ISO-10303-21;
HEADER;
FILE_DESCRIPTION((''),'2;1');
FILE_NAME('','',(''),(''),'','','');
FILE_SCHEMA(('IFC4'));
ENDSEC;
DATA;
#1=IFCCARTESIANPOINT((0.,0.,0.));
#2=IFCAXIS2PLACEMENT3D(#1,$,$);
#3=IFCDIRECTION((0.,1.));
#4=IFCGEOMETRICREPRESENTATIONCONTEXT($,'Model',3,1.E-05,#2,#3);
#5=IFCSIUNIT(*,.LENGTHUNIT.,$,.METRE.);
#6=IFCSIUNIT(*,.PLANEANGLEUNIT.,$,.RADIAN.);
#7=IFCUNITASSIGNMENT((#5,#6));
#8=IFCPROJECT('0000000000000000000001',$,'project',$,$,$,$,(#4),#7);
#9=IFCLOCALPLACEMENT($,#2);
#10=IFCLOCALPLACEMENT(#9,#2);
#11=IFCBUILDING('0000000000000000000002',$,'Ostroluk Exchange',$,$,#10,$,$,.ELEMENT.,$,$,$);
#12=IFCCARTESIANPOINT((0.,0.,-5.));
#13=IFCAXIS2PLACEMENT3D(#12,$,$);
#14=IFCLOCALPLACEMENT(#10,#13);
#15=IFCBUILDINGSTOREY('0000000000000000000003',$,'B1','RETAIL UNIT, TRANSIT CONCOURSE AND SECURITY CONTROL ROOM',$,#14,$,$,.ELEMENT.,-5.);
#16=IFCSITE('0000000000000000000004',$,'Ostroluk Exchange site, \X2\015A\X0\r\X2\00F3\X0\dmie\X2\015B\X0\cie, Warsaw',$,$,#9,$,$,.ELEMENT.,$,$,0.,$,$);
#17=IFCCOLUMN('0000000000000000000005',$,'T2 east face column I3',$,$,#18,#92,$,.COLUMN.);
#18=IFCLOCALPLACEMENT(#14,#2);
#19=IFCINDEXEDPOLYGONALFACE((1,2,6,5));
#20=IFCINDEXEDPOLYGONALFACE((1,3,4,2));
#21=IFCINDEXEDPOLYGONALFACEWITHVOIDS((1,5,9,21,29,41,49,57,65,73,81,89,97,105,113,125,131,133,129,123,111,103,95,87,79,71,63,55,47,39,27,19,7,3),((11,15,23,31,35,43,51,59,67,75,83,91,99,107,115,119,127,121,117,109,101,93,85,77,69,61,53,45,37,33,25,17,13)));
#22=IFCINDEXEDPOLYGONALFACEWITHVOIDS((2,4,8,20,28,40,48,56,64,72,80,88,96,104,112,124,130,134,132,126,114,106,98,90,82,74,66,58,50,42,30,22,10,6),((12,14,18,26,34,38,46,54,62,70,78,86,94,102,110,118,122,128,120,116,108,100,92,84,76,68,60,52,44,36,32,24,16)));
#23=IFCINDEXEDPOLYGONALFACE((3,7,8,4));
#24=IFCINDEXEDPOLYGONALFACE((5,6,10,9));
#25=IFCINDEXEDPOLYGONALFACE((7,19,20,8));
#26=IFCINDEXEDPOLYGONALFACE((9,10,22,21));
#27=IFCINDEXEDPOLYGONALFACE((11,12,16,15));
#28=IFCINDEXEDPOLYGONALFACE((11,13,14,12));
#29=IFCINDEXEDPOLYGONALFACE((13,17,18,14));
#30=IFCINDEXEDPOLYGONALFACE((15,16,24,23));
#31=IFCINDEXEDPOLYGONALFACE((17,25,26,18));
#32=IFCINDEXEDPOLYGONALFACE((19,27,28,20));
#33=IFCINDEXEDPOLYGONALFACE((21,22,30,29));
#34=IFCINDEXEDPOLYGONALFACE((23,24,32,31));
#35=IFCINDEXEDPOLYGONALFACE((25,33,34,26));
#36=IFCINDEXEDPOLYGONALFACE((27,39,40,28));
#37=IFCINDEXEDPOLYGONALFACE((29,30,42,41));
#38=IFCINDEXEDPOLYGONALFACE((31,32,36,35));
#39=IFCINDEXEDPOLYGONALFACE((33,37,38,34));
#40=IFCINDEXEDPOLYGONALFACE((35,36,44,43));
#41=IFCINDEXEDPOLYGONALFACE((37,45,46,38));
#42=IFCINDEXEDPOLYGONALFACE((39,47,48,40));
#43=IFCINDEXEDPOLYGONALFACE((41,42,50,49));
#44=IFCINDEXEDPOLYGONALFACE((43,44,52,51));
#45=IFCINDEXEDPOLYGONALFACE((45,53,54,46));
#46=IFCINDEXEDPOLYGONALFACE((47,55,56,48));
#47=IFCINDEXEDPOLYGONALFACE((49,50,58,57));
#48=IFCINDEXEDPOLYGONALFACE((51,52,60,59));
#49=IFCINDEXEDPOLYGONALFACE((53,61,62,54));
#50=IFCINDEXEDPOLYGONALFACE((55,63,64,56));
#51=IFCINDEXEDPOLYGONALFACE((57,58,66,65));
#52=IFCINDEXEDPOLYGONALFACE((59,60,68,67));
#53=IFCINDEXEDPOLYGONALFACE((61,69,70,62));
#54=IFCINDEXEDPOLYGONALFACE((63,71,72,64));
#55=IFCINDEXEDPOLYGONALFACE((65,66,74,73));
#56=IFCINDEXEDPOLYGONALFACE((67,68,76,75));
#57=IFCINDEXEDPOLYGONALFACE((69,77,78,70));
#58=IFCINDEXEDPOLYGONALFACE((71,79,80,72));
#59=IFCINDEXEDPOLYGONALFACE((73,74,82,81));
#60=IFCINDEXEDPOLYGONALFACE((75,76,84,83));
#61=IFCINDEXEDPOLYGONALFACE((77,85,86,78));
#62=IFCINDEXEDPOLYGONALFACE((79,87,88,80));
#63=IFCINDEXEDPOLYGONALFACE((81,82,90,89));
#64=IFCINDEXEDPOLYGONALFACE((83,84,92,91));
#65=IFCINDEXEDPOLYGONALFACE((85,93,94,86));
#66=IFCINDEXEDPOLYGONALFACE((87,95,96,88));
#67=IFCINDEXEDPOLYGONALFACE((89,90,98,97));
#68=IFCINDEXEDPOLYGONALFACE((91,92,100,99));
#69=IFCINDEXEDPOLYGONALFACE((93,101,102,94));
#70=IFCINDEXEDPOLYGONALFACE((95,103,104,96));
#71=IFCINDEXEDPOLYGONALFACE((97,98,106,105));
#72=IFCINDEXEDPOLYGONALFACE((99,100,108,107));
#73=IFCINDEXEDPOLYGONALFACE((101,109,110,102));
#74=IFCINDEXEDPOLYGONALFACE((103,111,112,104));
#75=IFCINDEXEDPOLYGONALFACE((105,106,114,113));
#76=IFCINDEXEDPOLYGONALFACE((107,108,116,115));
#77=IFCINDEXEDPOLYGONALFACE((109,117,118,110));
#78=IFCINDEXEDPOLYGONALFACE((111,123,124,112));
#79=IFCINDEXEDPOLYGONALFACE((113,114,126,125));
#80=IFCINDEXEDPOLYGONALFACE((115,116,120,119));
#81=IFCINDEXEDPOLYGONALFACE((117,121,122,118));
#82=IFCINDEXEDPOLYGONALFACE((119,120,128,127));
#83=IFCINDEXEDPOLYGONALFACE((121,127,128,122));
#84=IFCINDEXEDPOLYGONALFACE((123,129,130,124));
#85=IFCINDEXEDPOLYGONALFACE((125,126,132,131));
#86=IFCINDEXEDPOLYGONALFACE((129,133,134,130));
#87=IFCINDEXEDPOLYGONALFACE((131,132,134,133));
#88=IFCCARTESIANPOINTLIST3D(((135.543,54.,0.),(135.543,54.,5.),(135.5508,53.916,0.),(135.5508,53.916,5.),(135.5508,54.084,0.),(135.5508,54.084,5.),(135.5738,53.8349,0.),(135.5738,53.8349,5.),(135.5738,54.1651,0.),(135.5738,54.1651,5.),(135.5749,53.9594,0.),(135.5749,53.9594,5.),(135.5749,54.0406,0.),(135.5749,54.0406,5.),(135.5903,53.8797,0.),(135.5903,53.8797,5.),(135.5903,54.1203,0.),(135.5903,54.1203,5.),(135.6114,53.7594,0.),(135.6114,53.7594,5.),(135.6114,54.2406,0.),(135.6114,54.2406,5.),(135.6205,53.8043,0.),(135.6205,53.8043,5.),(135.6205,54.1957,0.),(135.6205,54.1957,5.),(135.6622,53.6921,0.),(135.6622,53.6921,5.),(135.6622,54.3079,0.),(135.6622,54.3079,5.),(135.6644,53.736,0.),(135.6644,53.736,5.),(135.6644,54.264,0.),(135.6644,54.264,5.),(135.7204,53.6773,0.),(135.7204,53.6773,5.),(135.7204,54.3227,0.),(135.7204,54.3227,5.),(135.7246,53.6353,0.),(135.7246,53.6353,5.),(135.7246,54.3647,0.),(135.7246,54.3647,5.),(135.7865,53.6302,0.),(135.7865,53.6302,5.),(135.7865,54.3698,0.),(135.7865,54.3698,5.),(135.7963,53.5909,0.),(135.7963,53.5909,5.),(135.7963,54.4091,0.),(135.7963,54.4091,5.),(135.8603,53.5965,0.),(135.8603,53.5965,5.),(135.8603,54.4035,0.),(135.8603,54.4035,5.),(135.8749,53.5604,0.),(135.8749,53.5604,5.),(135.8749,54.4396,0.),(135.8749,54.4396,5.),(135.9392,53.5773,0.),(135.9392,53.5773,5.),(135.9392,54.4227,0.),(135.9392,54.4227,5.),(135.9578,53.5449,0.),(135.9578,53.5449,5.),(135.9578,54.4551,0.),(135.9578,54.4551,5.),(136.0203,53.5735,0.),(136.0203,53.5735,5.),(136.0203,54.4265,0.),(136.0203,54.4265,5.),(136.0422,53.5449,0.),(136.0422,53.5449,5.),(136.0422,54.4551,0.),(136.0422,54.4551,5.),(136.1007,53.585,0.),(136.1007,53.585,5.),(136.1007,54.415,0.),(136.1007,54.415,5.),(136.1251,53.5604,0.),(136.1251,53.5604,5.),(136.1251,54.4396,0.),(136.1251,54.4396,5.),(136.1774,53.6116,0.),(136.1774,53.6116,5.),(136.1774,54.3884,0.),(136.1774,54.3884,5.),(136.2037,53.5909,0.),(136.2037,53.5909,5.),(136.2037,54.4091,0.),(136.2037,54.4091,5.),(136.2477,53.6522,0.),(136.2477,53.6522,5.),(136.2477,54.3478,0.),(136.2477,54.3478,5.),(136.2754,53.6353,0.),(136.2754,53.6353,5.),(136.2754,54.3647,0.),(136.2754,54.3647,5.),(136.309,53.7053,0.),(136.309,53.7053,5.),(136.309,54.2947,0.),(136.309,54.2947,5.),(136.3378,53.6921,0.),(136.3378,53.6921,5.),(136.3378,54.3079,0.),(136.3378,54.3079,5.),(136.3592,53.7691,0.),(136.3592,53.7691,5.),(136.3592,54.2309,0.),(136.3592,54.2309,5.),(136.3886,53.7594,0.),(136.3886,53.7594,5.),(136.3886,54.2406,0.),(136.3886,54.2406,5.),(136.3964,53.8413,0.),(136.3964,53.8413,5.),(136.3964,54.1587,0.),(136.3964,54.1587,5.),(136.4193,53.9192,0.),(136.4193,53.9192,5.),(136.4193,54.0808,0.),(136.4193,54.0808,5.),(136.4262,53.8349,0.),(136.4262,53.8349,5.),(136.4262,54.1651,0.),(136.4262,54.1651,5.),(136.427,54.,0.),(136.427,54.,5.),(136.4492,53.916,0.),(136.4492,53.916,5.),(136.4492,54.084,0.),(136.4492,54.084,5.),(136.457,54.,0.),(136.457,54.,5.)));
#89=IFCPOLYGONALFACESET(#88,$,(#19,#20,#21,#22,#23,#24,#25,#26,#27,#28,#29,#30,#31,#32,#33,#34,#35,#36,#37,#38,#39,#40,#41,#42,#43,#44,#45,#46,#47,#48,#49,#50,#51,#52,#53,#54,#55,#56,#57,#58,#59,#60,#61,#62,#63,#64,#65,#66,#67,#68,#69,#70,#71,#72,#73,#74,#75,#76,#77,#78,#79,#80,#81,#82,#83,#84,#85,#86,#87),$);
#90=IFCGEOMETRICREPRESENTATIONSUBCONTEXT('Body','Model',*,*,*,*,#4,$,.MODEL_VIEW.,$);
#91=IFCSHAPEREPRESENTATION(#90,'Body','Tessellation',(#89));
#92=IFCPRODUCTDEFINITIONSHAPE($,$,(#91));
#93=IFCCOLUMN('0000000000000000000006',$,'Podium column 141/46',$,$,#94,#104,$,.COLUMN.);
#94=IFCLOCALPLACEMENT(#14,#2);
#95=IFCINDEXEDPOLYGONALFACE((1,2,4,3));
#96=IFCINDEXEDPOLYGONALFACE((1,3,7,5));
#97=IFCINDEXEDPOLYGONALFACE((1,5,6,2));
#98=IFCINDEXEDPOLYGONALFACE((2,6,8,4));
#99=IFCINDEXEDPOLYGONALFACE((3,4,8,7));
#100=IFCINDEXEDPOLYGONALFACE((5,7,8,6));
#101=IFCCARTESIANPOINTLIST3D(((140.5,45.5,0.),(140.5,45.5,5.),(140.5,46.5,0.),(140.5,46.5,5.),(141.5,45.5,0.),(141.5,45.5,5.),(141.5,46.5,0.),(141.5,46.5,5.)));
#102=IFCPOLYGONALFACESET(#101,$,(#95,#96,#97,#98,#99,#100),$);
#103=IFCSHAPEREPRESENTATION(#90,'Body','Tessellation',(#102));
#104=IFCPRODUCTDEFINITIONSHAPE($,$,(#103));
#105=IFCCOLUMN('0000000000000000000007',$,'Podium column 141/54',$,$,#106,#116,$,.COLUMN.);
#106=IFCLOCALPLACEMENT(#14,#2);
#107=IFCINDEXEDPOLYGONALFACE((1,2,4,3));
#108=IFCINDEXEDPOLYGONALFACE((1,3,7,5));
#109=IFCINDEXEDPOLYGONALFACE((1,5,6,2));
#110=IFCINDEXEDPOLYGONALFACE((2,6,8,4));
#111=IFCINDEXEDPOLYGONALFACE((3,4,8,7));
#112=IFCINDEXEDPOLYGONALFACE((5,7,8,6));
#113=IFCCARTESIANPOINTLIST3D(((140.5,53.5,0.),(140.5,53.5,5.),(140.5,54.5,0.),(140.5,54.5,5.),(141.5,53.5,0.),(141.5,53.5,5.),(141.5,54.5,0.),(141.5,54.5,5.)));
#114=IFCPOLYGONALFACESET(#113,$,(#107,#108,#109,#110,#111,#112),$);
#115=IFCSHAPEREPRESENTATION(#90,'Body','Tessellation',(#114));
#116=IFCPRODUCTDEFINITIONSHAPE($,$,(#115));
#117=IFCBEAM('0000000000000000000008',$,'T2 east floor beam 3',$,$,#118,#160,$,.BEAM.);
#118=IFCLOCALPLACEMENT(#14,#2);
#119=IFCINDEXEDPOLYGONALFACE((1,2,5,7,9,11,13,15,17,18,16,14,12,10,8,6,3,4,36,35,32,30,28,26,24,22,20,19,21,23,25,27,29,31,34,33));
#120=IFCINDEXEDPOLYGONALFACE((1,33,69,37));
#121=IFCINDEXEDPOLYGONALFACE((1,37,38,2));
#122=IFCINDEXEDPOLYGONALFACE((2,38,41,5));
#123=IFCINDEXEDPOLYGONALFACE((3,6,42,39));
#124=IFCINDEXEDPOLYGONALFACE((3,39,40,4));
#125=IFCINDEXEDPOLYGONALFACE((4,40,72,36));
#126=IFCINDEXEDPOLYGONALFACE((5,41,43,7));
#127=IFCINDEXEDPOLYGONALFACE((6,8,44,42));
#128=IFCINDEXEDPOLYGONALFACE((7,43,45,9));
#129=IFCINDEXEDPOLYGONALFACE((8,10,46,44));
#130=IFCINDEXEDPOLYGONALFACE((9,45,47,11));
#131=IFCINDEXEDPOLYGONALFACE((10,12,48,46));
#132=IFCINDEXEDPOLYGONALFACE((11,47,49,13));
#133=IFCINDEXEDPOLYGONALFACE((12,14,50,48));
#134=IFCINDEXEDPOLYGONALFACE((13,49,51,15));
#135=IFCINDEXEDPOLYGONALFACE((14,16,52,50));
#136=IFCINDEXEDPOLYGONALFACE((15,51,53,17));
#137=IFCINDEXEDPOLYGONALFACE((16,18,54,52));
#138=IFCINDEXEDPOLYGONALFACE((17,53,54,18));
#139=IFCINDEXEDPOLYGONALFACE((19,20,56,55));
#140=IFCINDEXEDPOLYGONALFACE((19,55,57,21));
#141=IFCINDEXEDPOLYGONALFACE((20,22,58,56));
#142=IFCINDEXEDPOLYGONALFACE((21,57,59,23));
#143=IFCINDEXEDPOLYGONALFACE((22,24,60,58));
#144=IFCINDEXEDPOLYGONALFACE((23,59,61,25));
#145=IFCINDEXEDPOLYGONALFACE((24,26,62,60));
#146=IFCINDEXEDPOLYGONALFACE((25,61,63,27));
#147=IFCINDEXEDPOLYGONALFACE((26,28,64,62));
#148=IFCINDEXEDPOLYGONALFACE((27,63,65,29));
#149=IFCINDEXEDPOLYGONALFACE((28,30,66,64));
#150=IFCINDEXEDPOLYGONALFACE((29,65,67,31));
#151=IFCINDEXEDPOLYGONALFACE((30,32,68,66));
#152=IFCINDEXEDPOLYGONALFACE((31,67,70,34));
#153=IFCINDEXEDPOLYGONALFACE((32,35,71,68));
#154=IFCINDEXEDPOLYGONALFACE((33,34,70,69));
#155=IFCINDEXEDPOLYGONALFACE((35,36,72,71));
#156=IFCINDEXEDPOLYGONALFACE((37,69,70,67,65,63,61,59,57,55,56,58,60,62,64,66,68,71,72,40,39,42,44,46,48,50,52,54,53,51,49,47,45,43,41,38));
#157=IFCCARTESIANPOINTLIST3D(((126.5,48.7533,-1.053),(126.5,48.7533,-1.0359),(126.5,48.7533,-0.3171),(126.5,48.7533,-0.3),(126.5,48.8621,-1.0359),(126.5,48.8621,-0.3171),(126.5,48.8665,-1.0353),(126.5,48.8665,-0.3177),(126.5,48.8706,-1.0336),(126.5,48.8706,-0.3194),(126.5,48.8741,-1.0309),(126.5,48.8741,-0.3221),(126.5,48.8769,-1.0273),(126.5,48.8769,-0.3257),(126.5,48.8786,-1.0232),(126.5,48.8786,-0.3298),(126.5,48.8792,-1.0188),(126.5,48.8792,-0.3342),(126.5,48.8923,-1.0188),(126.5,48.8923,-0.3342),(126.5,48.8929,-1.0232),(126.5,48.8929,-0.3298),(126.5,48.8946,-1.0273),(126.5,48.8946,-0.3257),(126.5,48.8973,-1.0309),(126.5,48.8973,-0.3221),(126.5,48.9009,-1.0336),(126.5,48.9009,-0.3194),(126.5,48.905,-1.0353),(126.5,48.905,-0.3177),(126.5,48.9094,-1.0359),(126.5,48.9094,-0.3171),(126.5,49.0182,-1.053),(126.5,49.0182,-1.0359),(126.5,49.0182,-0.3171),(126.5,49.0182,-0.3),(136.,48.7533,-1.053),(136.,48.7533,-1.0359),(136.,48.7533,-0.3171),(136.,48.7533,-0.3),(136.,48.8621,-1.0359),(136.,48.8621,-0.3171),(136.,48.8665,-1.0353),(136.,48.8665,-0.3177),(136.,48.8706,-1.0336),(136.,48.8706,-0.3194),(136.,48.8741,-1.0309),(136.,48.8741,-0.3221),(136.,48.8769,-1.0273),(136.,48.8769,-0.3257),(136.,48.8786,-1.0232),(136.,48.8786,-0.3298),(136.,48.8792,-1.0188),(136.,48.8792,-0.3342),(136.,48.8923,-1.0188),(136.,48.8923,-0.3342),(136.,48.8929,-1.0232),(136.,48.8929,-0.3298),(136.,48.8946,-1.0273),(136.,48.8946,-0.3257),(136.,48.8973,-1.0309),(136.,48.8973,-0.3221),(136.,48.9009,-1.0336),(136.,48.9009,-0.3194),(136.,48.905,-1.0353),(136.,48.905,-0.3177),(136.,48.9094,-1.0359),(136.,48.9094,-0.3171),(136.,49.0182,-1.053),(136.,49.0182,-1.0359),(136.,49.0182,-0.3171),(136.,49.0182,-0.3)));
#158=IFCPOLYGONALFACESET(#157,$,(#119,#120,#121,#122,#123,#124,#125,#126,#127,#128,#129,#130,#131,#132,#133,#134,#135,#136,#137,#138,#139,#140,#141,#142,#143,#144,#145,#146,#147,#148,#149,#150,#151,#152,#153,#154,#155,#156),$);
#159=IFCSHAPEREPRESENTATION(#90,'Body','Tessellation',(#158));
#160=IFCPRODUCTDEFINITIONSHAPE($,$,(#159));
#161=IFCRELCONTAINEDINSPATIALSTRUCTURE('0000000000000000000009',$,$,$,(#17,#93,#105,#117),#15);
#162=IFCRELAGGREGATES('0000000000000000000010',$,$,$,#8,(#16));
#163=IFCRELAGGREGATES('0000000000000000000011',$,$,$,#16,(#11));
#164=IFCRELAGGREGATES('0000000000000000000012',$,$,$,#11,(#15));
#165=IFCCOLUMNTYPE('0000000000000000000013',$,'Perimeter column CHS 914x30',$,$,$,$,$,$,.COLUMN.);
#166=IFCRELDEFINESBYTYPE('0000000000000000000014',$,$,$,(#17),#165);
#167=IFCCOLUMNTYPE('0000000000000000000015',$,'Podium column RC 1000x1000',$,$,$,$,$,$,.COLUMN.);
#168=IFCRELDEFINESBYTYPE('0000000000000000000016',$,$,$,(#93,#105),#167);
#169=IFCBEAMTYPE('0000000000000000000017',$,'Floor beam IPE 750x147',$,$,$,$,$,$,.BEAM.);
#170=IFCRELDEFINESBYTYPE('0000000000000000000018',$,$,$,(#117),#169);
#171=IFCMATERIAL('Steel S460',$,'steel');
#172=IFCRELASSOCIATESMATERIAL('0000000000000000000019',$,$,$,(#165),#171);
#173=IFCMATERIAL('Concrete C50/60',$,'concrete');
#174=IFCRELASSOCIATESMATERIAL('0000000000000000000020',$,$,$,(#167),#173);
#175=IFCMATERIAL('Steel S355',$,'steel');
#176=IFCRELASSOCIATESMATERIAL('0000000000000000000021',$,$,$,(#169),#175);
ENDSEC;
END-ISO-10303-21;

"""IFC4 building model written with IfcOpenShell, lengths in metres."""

from ifc_helpers import new_model, si_unit, direction, frame, origin, origin_2d, place, context, subcontext, project, spatial, rectangle, hollow_circle, i_section, extrude, material, material_profile, profile_set, type_object, element, save


model = new_model("IFC4")

# Units and contexts
model_context = context("Model", 3, precision=1e-05, world=origin(), true_north=direction((0.0, 1.0)))
body_context = subcontext(model_context, "Body", "Model", "MODEL_VIEW")
ifc_project = project(units=[si_unit("LENGTHUNIT", "METRE"), si_unit("PLANEANGLEUNIT", "RADIAN")], contexts=[model_context])

# Site, building, storey
site_placement = place(None, origin())
site = spatial("IfcSite", under=ifc_project, at=site_placement, Name="Ostroluk Exchange site, Śródmieście, Warsaw", CompositionType="ELEMENT", RefElevation=0.0)
building_placement = place(site_placement, origin())
building = spatial("IfcBuilding", under=site, at=building_placement, Name="Ostroluk Exchange", CompositionType="ELEMENT")
storey_placement = place(building_placement, frame((0.0, 0.0, -5.0)))
storey = spatial("IfcBuildingStorey", under=building, at=storey_placement, Name="B1", Description="RETAIL UNIT, TRANSIT CONCOURSE AND SECURITY CONTROL ROOM", CompositionType="ELEMENT", Elevation=-5.0)

# Columns
ifc_material_1 = material(Name="Steel S460", Category="steel")
ifc_material_profile_1 = material_profile(ifc_material_1, hollow_circle(Radius=0.457, WallThickness=0.03, at=origin_2d()), Name="CHS 914x30")
ifc_profile_set_1 = profile_set([ifc_material_profile_1], Name="Steel S460")
column_type_1 = type_object("IfcColumnType", Name="Perimeter column CHS 914x30", PredefinedType="COLUMN", material=ifc_profile_set_1)
column_placement = place(storey_placement, frame((136.0, 54.0, 0.0), z_axis=(0.0, 0.0, 1.0), x_axis=(1.0, 0.0, 0.0)))
element("IfcColumn", 1, at=column_placement, inside=storey, type_object=column_type_1, Name="T2 east face column I3", PredefinedType="COLUMN", context=body_context, shape_type="SweptSolid", body=[
    extrude(hollow_circle(Radius=0.457, WallThickness=0.03, at=origin_2d()), origin(), (0.0, 0.0, 1.0), 5.0),
])
ifc_material_2 = material(Name="Concrete C50/60", Category="concrete")
ifc_material_profile_2 = material_profile(ifc_material_2, rectangle(XDim=1.0, YDim=1.0, at=origin_2d()), Name="RC 1000x1000")
ifc_profile_set_2 = profile_set([ifc_material_profile_2], Name="Concrete C50/60")
column_type_2 = type_object("IfcColumnType", Name="Podium column RC 1000x1000", PredefinedType="COLUMN", material=ifc_profile_set_2)
for number, where, z_axis, x_axis, name in (
    (2, (141.0, 46.0, 0.0), (0.0, 0.0, 1.0), (1.0, 0.0, 0.0), "Podium column 141/46"),
    (3, (141.0, 54.0, 0.0), (0.0, 0.0, 1.0), (1.0, 0.0, 0.0), "Podium column 141/54"),
):
    element("IfcColumn", number, at=place(storey_placement, frame(where, z_axis=z_axis, x_axis=x_axis)), inside=storey, type_object=column_type_2, Name=name, PredefinedType="COLUMN", context=body_context, shape_type="SweptSolid", body=[
        extrude(rectangle(XDim=1.0, YDim=1.0, at=origin_2d()), origin(), (0.0, 0.0, 1.0), 5.0),
    ])

# Beam
ifc_material_3 = material(Name="Steel S355", Category="steel")
ifc_material_profile_3 = material_profile(ifc_material_3, i_section(OverallWidth=0.2649, OverallDepth=0.7529, WebThickness=0.0132, FlangeThickness=0.0171, FilletRadius=0.0171, at=origin_2d()), Name="IPE 750x147")
ifc_profile_set_3 = profile_set([ifc_material_profile_3], Name="Steel S355")
beam_type_1 = type_object("IfcBeamType", Name="Floor beam IPE 750x147", PredefinedType="BEAM", material=ifc_profile_set_3)
for number, where, z_axis, x_axis, name in (
    (4, (126.5, 48.8857, -0.6765), (1.0, 0.0, 0.0), (0.0, 1.0, 0.0), "T2 east floor beam 3"),
):
    element("IfcBeam", number, at=place(storey_placement, frame(where, z_axis=z_axis, x_axis=x_axis)), inside=storey, type_object=beam_type_1, Name=name, PredefinedType="BEAM", context=body_context, shape_type="SweptSolid", body=[
        extrude(i_section(OverallWidth=0.2649, OverallDepth=0.7529, WebThickness=0.0132, FlangeThickness=0.0171, FilletRadius=0.0171, at=origin_2d()), origin(), (0.0, 0.0, 1.0), 9.5),
    ])

save(model, "model.ifc")
